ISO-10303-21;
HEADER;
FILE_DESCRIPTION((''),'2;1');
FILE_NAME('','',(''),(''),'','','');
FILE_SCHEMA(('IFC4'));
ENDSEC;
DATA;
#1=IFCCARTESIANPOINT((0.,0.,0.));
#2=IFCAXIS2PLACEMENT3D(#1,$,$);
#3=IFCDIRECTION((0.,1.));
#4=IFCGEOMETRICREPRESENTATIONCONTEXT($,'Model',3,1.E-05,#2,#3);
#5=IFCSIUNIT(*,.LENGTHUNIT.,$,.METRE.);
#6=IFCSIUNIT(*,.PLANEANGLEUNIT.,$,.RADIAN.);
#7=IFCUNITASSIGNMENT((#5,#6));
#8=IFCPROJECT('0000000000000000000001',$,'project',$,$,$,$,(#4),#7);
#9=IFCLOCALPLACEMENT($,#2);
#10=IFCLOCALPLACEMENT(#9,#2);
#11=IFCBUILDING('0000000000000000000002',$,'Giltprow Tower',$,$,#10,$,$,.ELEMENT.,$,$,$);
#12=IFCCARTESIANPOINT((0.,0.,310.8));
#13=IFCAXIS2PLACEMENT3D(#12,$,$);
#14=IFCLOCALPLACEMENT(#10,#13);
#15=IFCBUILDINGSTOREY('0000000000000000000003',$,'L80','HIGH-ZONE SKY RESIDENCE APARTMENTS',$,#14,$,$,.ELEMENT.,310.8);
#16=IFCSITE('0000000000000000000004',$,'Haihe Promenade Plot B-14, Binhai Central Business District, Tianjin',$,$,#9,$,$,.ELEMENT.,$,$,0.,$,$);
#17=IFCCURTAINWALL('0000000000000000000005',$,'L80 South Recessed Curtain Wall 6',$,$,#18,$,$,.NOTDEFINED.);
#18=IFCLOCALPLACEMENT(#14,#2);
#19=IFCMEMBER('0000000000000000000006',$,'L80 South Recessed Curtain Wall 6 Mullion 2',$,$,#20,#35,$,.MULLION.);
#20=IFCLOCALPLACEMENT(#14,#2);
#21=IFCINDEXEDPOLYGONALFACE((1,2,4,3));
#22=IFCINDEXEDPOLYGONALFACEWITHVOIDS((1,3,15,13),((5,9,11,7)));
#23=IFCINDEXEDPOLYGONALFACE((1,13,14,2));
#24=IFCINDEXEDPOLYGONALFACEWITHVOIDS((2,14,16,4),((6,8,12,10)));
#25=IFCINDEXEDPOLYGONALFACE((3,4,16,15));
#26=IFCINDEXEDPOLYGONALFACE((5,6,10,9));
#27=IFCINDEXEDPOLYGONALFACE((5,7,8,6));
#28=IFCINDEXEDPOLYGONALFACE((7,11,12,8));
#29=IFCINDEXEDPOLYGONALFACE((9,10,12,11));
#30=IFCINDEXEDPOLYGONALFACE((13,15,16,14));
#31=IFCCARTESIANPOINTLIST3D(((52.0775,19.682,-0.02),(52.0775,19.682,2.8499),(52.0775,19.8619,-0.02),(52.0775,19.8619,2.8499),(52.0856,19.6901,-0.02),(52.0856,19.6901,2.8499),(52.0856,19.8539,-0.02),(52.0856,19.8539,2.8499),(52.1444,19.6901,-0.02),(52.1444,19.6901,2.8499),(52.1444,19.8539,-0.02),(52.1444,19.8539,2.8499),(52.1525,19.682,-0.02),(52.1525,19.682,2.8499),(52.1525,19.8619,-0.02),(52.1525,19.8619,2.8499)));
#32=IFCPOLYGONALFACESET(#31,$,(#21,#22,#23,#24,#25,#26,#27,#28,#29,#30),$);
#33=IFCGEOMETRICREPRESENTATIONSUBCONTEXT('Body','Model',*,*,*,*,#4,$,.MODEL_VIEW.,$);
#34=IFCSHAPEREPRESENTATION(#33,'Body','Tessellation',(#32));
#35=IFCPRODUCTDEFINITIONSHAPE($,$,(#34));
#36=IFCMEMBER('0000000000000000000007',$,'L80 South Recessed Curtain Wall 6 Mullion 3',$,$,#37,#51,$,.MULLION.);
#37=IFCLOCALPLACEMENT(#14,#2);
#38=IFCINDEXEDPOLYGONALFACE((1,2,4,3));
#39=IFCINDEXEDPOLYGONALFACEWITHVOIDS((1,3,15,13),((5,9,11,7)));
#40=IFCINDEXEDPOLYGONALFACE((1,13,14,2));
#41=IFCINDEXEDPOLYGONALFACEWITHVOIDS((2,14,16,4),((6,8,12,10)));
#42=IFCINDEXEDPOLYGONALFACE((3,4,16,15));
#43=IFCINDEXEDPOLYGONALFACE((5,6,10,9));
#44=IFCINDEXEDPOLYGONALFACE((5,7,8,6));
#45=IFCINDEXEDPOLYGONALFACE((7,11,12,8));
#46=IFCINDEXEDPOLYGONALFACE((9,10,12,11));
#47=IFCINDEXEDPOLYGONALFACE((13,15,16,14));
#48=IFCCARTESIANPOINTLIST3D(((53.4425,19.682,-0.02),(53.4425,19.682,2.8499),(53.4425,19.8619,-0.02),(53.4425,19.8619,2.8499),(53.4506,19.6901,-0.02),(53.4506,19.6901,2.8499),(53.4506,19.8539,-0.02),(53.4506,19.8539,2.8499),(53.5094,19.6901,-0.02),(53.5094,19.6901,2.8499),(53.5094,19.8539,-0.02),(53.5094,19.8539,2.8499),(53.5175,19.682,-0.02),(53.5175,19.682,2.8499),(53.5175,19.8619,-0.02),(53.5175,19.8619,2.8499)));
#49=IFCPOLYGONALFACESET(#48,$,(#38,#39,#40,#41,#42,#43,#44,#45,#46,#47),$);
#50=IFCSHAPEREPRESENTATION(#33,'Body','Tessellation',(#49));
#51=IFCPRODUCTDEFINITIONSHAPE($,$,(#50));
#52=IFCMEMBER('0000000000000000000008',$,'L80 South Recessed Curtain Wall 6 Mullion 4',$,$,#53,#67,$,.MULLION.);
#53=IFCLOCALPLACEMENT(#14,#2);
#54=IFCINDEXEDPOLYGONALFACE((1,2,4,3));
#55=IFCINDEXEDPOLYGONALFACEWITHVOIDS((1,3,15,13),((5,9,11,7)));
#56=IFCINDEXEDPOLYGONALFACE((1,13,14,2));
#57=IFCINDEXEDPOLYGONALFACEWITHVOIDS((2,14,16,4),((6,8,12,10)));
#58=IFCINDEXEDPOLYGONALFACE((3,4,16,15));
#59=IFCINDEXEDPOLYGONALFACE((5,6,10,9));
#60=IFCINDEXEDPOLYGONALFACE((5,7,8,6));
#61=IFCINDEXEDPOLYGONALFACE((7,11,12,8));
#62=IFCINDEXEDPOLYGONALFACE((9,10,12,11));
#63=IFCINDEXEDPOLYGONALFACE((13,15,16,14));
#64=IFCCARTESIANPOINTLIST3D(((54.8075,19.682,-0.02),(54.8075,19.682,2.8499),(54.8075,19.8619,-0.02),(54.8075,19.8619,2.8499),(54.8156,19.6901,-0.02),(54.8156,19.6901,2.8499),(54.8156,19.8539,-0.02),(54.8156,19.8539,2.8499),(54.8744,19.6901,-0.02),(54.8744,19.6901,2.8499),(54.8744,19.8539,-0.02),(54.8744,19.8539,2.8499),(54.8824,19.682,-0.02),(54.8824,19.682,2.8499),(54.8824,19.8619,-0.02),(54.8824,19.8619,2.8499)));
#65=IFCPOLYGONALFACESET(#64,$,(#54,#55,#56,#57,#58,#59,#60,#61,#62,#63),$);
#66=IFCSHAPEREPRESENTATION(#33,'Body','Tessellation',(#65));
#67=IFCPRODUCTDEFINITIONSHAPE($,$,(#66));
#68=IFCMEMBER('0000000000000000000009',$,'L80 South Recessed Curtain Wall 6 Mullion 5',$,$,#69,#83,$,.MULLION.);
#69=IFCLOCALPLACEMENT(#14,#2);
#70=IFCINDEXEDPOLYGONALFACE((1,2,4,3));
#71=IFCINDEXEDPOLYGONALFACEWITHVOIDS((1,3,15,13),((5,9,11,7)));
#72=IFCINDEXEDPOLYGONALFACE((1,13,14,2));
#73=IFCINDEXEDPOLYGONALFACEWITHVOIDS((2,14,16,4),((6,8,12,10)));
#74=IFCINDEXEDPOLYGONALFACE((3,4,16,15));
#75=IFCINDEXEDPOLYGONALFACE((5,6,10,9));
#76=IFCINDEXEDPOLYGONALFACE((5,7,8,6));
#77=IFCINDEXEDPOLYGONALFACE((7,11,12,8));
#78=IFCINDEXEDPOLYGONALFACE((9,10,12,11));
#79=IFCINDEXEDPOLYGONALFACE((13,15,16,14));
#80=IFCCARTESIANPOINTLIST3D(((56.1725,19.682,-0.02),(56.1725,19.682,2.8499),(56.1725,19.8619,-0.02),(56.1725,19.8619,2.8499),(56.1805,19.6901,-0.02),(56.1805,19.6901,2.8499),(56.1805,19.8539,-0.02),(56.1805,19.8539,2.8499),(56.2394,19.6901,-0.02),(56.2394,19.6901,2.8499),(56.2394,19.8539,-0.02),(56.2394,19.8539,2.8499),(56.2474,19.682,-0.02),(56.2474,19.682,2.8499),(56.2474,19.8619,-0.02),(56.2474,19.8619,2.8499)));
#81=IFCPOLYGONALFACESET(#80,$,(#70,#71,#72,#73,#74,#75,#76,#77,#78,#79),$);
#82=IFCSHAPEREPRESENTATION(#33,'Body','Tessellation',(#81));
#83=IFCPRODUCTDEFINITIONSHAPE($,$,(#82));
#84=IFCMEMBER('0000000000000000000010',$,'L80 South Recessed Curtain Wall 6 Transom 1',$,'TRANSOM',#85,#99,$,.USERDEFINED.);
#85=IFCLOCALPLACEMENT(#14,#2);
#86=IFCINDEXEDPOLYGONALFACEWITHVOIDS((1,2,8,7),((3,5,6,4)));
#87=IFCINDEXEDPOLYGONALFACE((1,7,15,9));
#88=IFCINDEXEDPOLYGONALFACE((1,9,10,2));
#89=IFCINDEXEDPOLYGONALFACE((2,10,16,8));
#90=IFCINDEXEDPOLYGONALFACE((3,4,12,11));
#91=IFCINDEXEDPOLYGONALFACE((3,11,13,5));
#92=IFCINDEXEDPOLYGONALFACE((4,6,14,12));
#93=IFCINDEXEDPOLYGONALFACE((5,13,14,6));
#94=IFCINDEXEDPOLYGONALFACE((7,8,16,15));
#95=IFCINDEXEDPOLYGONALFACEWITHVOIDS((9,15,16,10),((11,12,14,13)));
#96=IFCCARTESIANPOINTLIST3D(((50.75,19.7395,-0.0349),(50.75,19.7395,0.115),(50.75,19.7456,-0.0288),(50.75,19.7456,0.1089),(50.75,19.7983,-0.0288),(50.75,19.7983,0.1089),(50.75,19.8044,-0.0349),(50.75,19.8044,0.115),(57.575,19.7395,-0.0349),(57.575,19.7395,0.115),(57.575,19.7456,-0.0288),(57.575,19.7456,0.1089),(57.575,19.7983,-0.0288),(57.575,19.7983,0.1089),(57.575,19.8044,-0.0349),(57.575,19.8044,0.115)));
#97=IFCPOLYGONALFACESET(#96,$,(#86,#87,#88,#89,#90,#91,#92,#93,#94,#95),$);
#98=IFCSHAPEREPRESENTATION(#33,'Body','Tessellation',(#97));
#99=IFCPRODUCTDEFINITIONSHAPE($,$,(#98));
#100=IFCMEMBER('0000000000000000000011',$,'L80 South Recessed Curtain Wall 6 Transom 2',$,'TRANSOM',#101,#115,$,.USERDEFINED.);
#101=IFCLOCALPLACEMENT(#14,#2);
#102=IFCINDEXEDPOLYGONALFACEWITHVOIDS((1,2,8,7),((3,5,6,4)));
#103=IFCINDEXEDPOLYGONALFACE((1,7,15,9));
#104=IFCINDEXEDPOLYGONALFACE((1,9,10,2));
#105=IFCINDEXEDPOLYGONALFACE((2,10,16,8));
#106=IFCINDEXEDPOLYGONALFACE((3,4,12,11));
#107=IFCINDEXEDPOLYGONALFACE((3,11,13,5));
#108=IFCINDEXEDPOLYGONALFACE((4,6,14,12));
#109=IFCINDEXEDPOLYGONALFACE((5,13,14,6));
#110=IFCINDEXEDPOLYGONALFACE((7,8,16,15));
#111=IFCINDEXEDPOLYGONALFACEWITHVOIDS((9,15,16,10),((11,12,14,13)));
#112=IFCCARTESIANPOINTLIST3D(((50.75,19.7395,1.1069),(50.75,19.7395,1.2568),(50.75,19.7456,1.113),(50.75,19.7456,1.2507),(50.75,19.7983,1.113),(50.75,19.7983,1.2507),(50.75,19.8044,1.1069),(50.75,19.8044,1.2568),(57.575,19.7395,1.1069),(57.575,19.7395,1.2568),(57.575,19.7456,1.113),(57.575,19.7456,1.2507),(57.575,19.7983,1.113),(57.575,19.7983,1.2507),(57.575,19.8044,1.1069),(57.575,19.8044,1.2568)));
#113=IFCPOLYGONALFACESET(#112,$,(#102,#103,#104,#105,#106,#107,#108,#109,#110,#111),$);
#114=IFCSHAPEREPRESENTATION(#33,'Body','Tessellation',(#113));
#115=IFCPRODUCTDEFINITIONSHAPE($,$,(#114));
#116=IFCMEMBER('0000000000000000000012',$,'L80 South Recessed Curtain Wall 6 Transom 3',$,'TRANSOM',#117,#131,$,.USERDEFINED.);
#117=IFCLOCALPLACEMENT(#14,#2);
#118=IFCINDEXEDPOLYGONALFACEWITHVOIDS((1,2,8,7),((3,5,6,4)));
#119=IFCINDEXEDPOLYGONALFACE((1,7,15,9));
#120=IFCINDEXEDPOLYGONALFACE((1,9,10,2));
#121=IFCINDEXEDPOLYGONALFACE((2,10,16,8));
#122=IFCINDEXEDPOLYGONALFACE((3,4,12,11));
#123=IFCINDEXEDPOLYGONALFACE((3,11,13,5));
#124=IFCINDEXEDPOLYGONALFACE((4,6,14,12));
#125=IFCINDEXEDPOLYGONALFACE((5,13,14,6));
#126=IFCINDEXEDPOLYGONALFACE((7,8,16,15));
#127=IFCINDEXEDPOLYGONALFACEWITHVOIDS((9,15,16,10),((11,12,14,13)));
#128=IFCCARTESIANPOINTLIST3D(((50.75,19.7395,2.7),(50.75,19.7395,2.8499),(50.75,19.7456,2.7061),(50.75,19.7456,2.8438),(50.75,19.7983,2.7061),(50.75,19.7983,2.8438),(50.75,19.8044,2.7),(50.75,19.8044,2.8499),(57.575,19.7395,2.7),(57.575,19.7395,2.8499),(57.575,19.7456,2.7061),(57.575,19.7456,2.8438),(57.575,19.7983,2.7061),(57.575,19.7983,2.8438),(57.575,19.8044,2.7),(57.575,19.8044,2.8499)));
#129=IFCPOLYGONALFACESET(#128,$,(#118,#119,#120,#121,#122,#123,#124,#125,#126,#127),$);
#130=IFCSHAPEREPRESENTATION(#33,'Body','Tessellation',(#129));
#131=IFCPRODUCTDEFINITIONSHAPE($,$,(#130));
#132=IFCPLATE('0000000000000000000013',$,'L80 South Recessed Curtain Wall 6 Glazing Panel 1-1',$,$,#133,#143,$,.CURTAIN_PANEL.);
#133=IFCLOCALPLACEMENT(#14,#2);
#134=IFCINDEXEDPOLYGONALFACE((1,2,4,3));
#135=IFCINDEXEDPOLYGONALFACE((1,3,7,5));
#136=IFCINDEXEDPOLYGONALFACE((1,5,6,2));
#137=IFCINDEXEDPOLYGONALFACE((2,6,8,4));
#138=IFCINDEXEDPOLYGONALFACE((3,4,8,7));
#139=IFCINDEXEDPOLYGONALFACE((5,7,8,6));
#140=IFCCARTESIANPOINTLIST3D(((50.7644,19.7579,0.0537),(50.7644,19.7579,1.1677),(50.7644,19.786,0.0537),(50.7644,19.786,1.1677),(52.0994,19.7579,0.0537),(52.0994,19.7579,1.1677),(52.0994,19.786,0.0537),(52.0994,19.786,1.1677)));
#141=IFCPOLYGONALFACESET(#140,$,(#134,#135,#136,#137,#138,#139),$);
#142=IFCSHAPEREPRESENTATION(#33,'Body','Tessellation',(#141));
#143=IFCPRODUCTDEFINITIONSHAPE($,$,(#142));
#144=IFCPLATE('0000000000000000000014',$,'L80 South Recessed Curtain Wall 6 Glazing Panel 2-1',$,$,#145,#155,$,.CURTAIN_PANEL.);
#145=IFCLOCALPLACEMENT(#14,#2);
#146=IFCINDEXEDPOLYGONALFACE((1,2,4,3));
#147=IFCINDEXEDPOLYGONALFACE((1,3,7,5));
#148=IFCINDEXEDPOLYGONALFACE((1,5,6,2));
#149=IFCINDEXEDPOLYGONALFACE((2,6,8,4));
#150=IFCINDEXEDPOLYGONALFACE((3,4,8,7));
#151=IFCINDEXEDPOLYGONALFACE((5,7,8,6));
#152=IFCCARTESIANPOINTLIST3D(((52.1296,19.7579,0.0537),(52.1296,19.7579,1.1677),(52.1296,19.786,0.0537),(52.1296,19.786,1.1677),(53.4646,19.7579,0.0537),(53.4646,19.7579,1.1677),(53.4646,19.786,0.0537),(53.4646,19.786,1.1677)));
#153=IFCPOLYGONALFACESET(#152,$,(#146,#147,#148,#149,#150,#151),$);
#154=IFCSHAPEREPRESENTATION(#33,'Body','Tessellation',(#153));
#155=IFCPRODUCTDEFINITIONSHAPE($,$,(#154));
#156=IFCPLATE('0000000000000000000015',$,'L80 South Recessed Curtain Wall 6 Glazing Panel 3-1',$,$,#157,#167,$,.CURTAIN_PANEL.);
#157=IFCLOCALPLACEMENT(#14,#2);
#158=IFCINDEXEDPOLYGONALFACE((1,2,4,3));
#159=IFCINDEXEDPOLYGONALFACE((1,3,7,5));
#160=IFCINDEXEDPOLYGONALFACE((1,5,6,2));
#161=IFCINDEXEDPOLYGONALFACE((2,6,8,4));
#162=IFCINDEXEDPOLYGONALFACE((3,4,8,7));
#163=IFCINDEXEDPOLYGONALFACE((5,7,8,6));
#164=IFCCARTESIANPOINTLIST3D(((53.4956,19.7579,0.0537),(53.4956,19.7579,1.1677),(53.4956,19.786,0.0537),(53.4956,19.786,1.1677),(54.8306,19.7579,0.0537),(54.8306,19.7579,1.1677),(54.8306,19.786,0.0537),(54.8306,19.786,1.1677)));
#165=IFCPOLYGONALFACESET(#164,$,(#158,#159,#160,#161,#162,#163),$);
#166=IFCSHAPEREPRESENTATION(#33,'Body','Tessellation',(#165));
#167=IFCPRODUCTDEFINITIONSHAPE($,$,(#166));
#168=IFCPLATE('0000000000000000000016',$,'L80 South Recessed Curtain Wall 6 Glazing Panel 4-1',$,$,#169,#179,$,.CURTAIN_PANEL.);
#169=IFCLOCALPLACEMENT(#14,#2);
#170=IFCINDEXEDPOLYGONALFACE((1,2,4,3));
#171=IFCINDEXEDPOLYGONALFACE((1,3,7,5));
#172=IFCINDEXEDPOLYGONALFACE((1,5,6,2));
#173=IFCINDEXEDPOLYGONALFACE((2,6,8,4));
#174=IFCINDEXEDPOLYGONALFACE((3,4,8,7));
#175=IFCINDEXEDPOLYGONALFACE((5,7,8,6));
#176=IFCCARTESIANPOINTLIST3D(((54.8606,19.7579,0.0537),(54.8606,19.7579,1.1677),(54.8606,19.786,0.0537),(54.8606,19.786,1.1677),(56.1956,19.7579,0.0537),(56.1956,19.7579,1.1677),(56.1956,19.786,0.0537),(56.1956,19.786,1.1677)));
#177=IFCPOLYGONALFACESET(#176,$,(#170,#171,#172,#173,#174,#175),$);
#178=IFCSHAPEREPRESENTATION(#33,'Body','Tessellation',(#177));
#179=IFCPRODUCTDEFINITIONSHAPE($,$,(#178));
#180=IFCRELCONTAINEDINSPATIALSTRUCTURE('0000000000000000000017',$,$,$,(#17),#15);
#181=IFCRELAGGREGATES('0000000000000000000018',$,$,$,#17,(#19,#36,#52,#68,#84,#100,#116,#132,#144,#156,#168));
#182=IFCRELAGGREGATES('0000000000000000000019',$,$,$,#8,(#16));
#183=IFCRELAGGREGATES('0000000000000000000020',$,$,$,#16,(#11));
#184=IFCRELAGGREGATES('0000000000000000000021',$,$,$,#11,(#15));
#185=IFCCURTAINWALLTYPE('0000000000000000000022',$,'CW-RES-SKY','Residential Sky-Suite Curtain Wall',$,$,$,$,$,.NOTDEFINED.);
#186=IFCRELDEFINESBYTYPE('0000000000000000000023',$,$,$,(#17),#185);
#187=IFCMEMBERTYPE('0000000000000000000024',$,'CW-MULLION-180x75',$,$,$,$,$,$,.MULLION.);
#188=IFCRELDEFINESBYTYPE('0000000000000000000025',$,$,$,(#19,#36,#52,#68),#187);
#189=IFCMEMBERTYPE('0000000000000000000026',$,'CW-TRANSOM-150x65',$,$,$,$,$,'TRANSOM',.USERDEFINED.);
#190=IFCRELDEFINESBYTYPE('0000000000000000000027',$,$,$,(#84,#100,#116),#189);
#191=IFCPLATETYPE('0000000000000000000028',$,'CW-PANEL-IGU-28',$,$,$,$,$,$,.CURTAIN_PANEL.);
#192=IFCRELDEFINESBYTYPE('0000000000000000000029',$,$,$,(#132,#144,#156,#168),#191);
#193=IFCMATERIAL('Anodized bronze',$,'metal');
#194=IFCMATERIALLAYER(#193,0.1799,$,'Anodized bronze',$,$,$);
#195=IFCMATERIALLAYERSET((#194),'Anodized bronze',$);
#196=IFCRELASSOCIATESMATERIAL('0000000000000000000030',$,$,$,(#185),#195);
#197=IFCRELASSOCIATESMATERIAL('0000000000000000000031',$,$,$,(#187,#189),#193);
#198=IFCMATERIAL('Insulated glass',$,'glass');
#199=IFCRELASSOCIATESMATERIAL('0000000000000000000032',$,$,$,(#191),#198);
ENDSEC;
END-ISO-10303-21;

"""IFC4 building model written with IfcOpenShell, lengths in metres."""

from ifc_helpers import new_model, si_unit, direction, frame, origin, origin_2d, place, context, subcontext, project, spatial, rectangle, hollow_rectangle, extrude, source, transform, mapped, material, layer, layer_set, material_profile, profile_set, type_object, element, aggregate, save


model = new_model("IFC4")

# Units and contexts
model_context = context("Model", 3, precision=1e-05, world=origin(), true_north=direction((0.0, 1.0)))
body_context = subcontext(model_context, "Body", "Model", "MODEL_VIEW")
ifc_project = project(units=[si_unit("LENGTHUNIT", "METRE"), si_unit("PLANEANGLEUNIT", "RADIAN")], contexts=[model_context])

# Site, building, storey
site_placement = place(None, origin())
site = spatial("IfcSite", under=ifc_project, at=site_placement, Name="Haihe Promenade Plot B-14, Binhai Central Business District, Tianjin", CompositionType="ELEMENT", RefElevation=0.0)
building_placement = place(site_placement, origin())
building = spatial("IfcBuilding", under=site, at=building_placement, Name="Giltprow Tower", CompositionType="ELEMENT")
storey_placement = place(building_placement, frame((0.0, 0.0, 310.8)))
storey = spatial("IfcBuildingStorey", under=building, at=storey_placement, Name="L80", Description="HIGH-ZONE SKY RESIDENCE APARTMENTS", CompositionType="ELEMENT", Elevation=310.8)

# Curtain wall, members, plates
ifc_material_1 = material(Name="Anodized bronze", Category="metal")
ifc_layer = layer(ifc_material_1, 0.1799, Name="Anodized bronze")
ifc_layer_set = layer_set([ifc_layer], Name="Anodized bronze")
curtain_wall_type = type_object("IfcCurtainWallType", Name="CW-RES-SKY", Description="Residential Sky-Suite Curtain Wall", PredefinedType="NOTDEFINED", material=ifc_layer_set)
curtain_wall_placement = place(storey_placement, origin())
curtain_wall = element("IfcCurtainWall", 1, at=curtain_wall_placement, inside=storey, type_object=curtain_wall_type, Name="L80 South Recessed Curtain Wall 6", PredefinedType="NOTDEFINED")
ifc_material_profile_1 = material_profile(ifc_material_1, hollow_rectangle(XDim=0.075, YDim=0.1799, WallThickness=0.0081, at=origin_2d()), Name="RHS 180x75x8")
ifc_profile_set_1 = profile_set([ifc_material_profile_1], Name="Anodized bronze")
member_type_1 = type_object("IfcMemberType", Name="CW-MULLION-180x75", PredefinedType="MULLION", material=ifc_profile_set_1)
shared_shape_1 = source(origin(), body_context, "Body", "SweptSolid", [
    extrude(hollow_rectangle(XDim=0.075, YDim=0.1799, WallThickness=0.0081, at=origin_2d()), origin(), (0.0, 0.0, 1.0), 2.8699),
])
member_1_placement = place(storey_placement, frame((52.115, 19.772, -0.02), z_axis=(0.0, 0.0, 1.0), x_axis=(1.0, 0.0, 0.0)))
member_1 = element("IfcMember", 2, at=member_1_placement, type_object=member_type_1, Name="L80 South Recessed Curtain Wall 6 Mullion 2", PredefinedType="MULLION", context=body_context, shape_type="MappedRepresentation", body=[
    mapped(shared_shape_1, transform((0.0, 0.0, 0.0), x_axis=(1.0, 0.0, 0.0), y_axis=(0.0, 1.0, 0.0), z_axis=(0.0, 0.0, 1.0), scale=1.0)),
])
member_2_placement = place(storey_placement, frame((53.48, 19.772, -0.02), z_axis=(0.0, 0.0, 1.0), x_axis=(1.0, 0.0, 0.0)))
member_2 = element("IfcMember", 3, at=member_2_placement, type_object=member_type_1, Name="L80 South Recessed Curtain Wall 6 Mullion 3", PredefinedType="MULLION", context=body_context, shape_type="MappedRepresentation", body=[
    mapped(shared_shape_1, transform((0.0, 0.0, 0.0), x_axis=(1.0, 0.0, 0.0), y_axis=(0.0, 1.0, 0.0), z_axis=(0.0, 0.0, 1.0), scale=1.0)),
])
member_3_placement = place(storey_placement, frame((54.845, 19.772, -0.02), z_axis=(0.0, 0.0, 1.0), x_axis=(1.0, 0.0, 0.0)))
member_3 = element("IfcMember", 4, at=member_3_placement, type_object=member_type_1, Name="L80 South Recessed Curtain Wall 6 Mullion 4", PredefinedType="MULLION", context=body_context, shape_type="MappedRepresentation", body=[
    mapped(shared_shape_1, transform((0.0, 0.0, 0.0), x_axis=(1.0, 0.0, 0.0), y_axis=(0.0, 1.0, 0.0), z_axis=(0.0, 0.0, 1.0), scale=1.0)),
])
member_4_placement = place(storey_placement, frame((56.21, 19.772, -0.02), z_axis=(0.0, 0.0, 1.0), x_axis=(1.0, 0.0, 0.0)))
member_4 = element("IfcMember", 5, at=member_4_placement, type_object=member_type_1, Name="L80 South Recessed Curtain Wall 6 Mullion 5", PredefinedType="MULLION", context=body_context, shape_type="MappedRepresentation", body=[
    mapped(shared_shape_1, transform((0.0, 0.0, 0.0), x_axis=(1.0, 0.0, 0.0), y_axis=(0.0, 1.0, 0.0), z_axis=(0.0, 0.0, 1.0), scale=1.0)),
])
ifc_material_profile_2 = material_profile(ifc_material_1, hollow_rectangle(XDim=0.0649, YDim=0.1499, WallThickness=0.0061, at=origin_2d()), Name="RHS 150x65x6")
ifc_profile_set_2 = profile_set([ifc_material_profile_2], Name="Anodized bronze")
member_type_2 = type_object("IfcMemberType", Name="CW-TRANSOM-150x65", ElementType="TRANSOM", PredefinedType="USERDEFINED", material=ifc_profile_set_2)
shared_shape_2 = source(origin(), body_context, "Body", "SweptSolid", [
    extrude(hollow_rectangle(XDim=0.0649, YDim=0.1499, WallThickness=0.0061, at=origin_2d()), origin(), (0.0, 0.0, 1.0), 6.825),
])
member_5_placement = place(storey_placement, frame((50.75, 19.772, 0.04), z_axis=(1.0, 0.0, 0.0), x_axis=(0.0, 1.0, 0.0)))
member_5 = element("IfcMember", 6, at=member_5_placement, type_object=member_type_2, Name="L80 South Recessed Curtain Wall 6 Transom 1", ObjectType="TRANSOM", PredefinedType="USERDEFINED", context=body_context, shape_type="MappedRepresentation", body=[
    mapped(shared_shape_2, transform((0.0, 0.0, 0.0), x_axis=(1.0, 0.0, 0.0), y_axis=(0.0, 1.0, 0.0), z_axis=(0.0, 0.0, 1.0), scale=1.0)),
])
member_6_placement = place(storey_placement, frame((50.75, 19.772, 1.1819), z_axis=(1.0, 0.0, 0.0), x_axis=(0.0, 1.0, 0.0)))
member_6 = element("IfcMember", 7, at=member_6_placement, type_object=member_type_2, Name="L80 South Recessed Curtain Wall 6 Transom 2", ObjectType="TRANSOM", PredefinedType="USERDEFINED", context=body_context, shape_type="MappedRepresentation", body=[
    mapped(shared_shape_2, transform((0.0, 0.0, 0.0), x_axis=(1.0, 0.0, 0.0), y_axis=(0.0, 1.0, 0.0), z_axis=(0.0, 0.0, 1.0), scale=1.0)),
])
member_7_placement = place(storey_placement, frame((50.75, 19.772, 2.7749), z_axis=(1.0, 0.0, 0.0), x_axis=(0.0, 1.0, 0.0)))
member_7 = element("IfcMember", 8, at=member_7_placement, type_object=member_type_2, Name="L80 South Recessed Curtain Wall 6 Transom 3", ObjectType="TRANSOM", PredefinedType="USERDEFINED", context=body_context, shape_type="MappedRepresentation", body=[
    mapped(shared_shape_2, transform((0.0, 0.0, 0.0), x_axis=(1.0, 0.0, 0.0), y_axis=(0.0, 1.0, 0.0), z_axis=(0.0, 0.0, 1.0), scale=1.0)),
])
ifc_material_2 = material(Name="Insulated glass", Category="glass")
plate_type = type_object("IfcPlateType", Name="CW-PANEL-IGU-28", PredefinedType="CURTAIN_PANEL", material=ifc_material_2)
shared_shape_3 = source(origin(), body_context, "Body", "SweptSolid", [
    extrude(rectangle(XDim=1.335, YDim=0.0281, at=origin_2d()), origin(), (0.0, 0.0, 1.0), 1.114),
])
plate_1_placement = place(storey_placement, frame((51.4319, 19.772, 0.0537), z_axis=(0.0, 0.0, 1.0), x_axis=(1.0, 0.0, 0.0)))
plate_1 = element("IfcPlate", 9, at=plate_1_placement, type_object=plate_type, Name="L80 South Recessed Curtain Wall 6 Glazing Panel 1-1", PredefinedType="CURTAIN_PANEL", context=body_context, shape_type="MappedRepresentation", body=[
    mapped(shared_shape_3, transform((0.0, 0.0, 0.0), x_axis=(1.0, 0.0, 0.0), y_axis=(0.0, 1.0, 0.0), z_axis=(0.0, 0.0, 1.0), scale=1.0)),
])
plate_2_placement = place(storey_placement, frame((52.7971, 19.772, 0.0537), z_axis=(0.0, 0.0, 1.0), x_axis=(1.0, 0.0, 0.0)))
plate_2 = element("IfcPlate", 10, at=plate_2_placement, type_object=plate_type, Name="L80 South Recessed Curtain Wall 6 Glazing Panel 2-1", PredefinedType="CURTAIN_PANEL", context=body_context, shape_type="MappedRepresentation", body=[
    mapped(shared_shape_3, transform((0.0, 0.0, 0.0), x_axis=(1.0, 0.0, 0.0), y_axis=(0.0, 1.0, 0.0), z_axis=(0.0, 0.0, 1.0), scale=1.0)),
])
plate_3_placement = place(storey_placement, frame((54.1631, 19.772, 0.0537), z_axis=(0.0, 0.0, 1.0), x_axis=(1.0, 0.0, 0.0)))
plate_3 = element("IfcPlate", 11, at=plate_3_placement, type_object=plate_type, Name="L80 South Recessed Curtain Wall 6 Glazing Panel 3-1", PredefinedType="CURTAIN_PANEL", context=body_context, shape_type="MappedRepresentation", body=[
    mapped(shared_shape_3, transform((0.0, 0.0, 0.0), x_axis=(1.0, 0.0, 0.0), y_axis=(0.0, 1.0, 0.0), z_axis=(0.0, 0.0, 1.0), scale=1.0)),
])
plate_4_placement = place(storey_placement, frame((55.5281, 19.772, 0.0537), z_axis=(0.0, 0.0, 1.0), x_axis=(1.0, 0.0, 0.0)))
plate_4 = element("IfcPlate", 12, at=plate_4_placement, type_object=plate_type, Name="L80 South Recessed Curtain Wall 6 Glazing Panel 4-1", PredefinedType="CURTAIN_PANEL", context=body_context, shape_type="MappedRepresentation", body=[
    mapped(shared_shape_3, transform((0.0, 0.0, 0.0), x_axis=(1.0, 0.0, 0.0), y_axis=(0.0, 1.0, 0.0), z_axis=(0.0, 0.0, 1.0), scale=1.0)),
])
aggregate(curtain_wall, [member_1, member_2, member_3, member_4, member_5, member_6, member_7, plate_1, plate_2, plate_3, plate_4])

save(model, "model.ifc")
